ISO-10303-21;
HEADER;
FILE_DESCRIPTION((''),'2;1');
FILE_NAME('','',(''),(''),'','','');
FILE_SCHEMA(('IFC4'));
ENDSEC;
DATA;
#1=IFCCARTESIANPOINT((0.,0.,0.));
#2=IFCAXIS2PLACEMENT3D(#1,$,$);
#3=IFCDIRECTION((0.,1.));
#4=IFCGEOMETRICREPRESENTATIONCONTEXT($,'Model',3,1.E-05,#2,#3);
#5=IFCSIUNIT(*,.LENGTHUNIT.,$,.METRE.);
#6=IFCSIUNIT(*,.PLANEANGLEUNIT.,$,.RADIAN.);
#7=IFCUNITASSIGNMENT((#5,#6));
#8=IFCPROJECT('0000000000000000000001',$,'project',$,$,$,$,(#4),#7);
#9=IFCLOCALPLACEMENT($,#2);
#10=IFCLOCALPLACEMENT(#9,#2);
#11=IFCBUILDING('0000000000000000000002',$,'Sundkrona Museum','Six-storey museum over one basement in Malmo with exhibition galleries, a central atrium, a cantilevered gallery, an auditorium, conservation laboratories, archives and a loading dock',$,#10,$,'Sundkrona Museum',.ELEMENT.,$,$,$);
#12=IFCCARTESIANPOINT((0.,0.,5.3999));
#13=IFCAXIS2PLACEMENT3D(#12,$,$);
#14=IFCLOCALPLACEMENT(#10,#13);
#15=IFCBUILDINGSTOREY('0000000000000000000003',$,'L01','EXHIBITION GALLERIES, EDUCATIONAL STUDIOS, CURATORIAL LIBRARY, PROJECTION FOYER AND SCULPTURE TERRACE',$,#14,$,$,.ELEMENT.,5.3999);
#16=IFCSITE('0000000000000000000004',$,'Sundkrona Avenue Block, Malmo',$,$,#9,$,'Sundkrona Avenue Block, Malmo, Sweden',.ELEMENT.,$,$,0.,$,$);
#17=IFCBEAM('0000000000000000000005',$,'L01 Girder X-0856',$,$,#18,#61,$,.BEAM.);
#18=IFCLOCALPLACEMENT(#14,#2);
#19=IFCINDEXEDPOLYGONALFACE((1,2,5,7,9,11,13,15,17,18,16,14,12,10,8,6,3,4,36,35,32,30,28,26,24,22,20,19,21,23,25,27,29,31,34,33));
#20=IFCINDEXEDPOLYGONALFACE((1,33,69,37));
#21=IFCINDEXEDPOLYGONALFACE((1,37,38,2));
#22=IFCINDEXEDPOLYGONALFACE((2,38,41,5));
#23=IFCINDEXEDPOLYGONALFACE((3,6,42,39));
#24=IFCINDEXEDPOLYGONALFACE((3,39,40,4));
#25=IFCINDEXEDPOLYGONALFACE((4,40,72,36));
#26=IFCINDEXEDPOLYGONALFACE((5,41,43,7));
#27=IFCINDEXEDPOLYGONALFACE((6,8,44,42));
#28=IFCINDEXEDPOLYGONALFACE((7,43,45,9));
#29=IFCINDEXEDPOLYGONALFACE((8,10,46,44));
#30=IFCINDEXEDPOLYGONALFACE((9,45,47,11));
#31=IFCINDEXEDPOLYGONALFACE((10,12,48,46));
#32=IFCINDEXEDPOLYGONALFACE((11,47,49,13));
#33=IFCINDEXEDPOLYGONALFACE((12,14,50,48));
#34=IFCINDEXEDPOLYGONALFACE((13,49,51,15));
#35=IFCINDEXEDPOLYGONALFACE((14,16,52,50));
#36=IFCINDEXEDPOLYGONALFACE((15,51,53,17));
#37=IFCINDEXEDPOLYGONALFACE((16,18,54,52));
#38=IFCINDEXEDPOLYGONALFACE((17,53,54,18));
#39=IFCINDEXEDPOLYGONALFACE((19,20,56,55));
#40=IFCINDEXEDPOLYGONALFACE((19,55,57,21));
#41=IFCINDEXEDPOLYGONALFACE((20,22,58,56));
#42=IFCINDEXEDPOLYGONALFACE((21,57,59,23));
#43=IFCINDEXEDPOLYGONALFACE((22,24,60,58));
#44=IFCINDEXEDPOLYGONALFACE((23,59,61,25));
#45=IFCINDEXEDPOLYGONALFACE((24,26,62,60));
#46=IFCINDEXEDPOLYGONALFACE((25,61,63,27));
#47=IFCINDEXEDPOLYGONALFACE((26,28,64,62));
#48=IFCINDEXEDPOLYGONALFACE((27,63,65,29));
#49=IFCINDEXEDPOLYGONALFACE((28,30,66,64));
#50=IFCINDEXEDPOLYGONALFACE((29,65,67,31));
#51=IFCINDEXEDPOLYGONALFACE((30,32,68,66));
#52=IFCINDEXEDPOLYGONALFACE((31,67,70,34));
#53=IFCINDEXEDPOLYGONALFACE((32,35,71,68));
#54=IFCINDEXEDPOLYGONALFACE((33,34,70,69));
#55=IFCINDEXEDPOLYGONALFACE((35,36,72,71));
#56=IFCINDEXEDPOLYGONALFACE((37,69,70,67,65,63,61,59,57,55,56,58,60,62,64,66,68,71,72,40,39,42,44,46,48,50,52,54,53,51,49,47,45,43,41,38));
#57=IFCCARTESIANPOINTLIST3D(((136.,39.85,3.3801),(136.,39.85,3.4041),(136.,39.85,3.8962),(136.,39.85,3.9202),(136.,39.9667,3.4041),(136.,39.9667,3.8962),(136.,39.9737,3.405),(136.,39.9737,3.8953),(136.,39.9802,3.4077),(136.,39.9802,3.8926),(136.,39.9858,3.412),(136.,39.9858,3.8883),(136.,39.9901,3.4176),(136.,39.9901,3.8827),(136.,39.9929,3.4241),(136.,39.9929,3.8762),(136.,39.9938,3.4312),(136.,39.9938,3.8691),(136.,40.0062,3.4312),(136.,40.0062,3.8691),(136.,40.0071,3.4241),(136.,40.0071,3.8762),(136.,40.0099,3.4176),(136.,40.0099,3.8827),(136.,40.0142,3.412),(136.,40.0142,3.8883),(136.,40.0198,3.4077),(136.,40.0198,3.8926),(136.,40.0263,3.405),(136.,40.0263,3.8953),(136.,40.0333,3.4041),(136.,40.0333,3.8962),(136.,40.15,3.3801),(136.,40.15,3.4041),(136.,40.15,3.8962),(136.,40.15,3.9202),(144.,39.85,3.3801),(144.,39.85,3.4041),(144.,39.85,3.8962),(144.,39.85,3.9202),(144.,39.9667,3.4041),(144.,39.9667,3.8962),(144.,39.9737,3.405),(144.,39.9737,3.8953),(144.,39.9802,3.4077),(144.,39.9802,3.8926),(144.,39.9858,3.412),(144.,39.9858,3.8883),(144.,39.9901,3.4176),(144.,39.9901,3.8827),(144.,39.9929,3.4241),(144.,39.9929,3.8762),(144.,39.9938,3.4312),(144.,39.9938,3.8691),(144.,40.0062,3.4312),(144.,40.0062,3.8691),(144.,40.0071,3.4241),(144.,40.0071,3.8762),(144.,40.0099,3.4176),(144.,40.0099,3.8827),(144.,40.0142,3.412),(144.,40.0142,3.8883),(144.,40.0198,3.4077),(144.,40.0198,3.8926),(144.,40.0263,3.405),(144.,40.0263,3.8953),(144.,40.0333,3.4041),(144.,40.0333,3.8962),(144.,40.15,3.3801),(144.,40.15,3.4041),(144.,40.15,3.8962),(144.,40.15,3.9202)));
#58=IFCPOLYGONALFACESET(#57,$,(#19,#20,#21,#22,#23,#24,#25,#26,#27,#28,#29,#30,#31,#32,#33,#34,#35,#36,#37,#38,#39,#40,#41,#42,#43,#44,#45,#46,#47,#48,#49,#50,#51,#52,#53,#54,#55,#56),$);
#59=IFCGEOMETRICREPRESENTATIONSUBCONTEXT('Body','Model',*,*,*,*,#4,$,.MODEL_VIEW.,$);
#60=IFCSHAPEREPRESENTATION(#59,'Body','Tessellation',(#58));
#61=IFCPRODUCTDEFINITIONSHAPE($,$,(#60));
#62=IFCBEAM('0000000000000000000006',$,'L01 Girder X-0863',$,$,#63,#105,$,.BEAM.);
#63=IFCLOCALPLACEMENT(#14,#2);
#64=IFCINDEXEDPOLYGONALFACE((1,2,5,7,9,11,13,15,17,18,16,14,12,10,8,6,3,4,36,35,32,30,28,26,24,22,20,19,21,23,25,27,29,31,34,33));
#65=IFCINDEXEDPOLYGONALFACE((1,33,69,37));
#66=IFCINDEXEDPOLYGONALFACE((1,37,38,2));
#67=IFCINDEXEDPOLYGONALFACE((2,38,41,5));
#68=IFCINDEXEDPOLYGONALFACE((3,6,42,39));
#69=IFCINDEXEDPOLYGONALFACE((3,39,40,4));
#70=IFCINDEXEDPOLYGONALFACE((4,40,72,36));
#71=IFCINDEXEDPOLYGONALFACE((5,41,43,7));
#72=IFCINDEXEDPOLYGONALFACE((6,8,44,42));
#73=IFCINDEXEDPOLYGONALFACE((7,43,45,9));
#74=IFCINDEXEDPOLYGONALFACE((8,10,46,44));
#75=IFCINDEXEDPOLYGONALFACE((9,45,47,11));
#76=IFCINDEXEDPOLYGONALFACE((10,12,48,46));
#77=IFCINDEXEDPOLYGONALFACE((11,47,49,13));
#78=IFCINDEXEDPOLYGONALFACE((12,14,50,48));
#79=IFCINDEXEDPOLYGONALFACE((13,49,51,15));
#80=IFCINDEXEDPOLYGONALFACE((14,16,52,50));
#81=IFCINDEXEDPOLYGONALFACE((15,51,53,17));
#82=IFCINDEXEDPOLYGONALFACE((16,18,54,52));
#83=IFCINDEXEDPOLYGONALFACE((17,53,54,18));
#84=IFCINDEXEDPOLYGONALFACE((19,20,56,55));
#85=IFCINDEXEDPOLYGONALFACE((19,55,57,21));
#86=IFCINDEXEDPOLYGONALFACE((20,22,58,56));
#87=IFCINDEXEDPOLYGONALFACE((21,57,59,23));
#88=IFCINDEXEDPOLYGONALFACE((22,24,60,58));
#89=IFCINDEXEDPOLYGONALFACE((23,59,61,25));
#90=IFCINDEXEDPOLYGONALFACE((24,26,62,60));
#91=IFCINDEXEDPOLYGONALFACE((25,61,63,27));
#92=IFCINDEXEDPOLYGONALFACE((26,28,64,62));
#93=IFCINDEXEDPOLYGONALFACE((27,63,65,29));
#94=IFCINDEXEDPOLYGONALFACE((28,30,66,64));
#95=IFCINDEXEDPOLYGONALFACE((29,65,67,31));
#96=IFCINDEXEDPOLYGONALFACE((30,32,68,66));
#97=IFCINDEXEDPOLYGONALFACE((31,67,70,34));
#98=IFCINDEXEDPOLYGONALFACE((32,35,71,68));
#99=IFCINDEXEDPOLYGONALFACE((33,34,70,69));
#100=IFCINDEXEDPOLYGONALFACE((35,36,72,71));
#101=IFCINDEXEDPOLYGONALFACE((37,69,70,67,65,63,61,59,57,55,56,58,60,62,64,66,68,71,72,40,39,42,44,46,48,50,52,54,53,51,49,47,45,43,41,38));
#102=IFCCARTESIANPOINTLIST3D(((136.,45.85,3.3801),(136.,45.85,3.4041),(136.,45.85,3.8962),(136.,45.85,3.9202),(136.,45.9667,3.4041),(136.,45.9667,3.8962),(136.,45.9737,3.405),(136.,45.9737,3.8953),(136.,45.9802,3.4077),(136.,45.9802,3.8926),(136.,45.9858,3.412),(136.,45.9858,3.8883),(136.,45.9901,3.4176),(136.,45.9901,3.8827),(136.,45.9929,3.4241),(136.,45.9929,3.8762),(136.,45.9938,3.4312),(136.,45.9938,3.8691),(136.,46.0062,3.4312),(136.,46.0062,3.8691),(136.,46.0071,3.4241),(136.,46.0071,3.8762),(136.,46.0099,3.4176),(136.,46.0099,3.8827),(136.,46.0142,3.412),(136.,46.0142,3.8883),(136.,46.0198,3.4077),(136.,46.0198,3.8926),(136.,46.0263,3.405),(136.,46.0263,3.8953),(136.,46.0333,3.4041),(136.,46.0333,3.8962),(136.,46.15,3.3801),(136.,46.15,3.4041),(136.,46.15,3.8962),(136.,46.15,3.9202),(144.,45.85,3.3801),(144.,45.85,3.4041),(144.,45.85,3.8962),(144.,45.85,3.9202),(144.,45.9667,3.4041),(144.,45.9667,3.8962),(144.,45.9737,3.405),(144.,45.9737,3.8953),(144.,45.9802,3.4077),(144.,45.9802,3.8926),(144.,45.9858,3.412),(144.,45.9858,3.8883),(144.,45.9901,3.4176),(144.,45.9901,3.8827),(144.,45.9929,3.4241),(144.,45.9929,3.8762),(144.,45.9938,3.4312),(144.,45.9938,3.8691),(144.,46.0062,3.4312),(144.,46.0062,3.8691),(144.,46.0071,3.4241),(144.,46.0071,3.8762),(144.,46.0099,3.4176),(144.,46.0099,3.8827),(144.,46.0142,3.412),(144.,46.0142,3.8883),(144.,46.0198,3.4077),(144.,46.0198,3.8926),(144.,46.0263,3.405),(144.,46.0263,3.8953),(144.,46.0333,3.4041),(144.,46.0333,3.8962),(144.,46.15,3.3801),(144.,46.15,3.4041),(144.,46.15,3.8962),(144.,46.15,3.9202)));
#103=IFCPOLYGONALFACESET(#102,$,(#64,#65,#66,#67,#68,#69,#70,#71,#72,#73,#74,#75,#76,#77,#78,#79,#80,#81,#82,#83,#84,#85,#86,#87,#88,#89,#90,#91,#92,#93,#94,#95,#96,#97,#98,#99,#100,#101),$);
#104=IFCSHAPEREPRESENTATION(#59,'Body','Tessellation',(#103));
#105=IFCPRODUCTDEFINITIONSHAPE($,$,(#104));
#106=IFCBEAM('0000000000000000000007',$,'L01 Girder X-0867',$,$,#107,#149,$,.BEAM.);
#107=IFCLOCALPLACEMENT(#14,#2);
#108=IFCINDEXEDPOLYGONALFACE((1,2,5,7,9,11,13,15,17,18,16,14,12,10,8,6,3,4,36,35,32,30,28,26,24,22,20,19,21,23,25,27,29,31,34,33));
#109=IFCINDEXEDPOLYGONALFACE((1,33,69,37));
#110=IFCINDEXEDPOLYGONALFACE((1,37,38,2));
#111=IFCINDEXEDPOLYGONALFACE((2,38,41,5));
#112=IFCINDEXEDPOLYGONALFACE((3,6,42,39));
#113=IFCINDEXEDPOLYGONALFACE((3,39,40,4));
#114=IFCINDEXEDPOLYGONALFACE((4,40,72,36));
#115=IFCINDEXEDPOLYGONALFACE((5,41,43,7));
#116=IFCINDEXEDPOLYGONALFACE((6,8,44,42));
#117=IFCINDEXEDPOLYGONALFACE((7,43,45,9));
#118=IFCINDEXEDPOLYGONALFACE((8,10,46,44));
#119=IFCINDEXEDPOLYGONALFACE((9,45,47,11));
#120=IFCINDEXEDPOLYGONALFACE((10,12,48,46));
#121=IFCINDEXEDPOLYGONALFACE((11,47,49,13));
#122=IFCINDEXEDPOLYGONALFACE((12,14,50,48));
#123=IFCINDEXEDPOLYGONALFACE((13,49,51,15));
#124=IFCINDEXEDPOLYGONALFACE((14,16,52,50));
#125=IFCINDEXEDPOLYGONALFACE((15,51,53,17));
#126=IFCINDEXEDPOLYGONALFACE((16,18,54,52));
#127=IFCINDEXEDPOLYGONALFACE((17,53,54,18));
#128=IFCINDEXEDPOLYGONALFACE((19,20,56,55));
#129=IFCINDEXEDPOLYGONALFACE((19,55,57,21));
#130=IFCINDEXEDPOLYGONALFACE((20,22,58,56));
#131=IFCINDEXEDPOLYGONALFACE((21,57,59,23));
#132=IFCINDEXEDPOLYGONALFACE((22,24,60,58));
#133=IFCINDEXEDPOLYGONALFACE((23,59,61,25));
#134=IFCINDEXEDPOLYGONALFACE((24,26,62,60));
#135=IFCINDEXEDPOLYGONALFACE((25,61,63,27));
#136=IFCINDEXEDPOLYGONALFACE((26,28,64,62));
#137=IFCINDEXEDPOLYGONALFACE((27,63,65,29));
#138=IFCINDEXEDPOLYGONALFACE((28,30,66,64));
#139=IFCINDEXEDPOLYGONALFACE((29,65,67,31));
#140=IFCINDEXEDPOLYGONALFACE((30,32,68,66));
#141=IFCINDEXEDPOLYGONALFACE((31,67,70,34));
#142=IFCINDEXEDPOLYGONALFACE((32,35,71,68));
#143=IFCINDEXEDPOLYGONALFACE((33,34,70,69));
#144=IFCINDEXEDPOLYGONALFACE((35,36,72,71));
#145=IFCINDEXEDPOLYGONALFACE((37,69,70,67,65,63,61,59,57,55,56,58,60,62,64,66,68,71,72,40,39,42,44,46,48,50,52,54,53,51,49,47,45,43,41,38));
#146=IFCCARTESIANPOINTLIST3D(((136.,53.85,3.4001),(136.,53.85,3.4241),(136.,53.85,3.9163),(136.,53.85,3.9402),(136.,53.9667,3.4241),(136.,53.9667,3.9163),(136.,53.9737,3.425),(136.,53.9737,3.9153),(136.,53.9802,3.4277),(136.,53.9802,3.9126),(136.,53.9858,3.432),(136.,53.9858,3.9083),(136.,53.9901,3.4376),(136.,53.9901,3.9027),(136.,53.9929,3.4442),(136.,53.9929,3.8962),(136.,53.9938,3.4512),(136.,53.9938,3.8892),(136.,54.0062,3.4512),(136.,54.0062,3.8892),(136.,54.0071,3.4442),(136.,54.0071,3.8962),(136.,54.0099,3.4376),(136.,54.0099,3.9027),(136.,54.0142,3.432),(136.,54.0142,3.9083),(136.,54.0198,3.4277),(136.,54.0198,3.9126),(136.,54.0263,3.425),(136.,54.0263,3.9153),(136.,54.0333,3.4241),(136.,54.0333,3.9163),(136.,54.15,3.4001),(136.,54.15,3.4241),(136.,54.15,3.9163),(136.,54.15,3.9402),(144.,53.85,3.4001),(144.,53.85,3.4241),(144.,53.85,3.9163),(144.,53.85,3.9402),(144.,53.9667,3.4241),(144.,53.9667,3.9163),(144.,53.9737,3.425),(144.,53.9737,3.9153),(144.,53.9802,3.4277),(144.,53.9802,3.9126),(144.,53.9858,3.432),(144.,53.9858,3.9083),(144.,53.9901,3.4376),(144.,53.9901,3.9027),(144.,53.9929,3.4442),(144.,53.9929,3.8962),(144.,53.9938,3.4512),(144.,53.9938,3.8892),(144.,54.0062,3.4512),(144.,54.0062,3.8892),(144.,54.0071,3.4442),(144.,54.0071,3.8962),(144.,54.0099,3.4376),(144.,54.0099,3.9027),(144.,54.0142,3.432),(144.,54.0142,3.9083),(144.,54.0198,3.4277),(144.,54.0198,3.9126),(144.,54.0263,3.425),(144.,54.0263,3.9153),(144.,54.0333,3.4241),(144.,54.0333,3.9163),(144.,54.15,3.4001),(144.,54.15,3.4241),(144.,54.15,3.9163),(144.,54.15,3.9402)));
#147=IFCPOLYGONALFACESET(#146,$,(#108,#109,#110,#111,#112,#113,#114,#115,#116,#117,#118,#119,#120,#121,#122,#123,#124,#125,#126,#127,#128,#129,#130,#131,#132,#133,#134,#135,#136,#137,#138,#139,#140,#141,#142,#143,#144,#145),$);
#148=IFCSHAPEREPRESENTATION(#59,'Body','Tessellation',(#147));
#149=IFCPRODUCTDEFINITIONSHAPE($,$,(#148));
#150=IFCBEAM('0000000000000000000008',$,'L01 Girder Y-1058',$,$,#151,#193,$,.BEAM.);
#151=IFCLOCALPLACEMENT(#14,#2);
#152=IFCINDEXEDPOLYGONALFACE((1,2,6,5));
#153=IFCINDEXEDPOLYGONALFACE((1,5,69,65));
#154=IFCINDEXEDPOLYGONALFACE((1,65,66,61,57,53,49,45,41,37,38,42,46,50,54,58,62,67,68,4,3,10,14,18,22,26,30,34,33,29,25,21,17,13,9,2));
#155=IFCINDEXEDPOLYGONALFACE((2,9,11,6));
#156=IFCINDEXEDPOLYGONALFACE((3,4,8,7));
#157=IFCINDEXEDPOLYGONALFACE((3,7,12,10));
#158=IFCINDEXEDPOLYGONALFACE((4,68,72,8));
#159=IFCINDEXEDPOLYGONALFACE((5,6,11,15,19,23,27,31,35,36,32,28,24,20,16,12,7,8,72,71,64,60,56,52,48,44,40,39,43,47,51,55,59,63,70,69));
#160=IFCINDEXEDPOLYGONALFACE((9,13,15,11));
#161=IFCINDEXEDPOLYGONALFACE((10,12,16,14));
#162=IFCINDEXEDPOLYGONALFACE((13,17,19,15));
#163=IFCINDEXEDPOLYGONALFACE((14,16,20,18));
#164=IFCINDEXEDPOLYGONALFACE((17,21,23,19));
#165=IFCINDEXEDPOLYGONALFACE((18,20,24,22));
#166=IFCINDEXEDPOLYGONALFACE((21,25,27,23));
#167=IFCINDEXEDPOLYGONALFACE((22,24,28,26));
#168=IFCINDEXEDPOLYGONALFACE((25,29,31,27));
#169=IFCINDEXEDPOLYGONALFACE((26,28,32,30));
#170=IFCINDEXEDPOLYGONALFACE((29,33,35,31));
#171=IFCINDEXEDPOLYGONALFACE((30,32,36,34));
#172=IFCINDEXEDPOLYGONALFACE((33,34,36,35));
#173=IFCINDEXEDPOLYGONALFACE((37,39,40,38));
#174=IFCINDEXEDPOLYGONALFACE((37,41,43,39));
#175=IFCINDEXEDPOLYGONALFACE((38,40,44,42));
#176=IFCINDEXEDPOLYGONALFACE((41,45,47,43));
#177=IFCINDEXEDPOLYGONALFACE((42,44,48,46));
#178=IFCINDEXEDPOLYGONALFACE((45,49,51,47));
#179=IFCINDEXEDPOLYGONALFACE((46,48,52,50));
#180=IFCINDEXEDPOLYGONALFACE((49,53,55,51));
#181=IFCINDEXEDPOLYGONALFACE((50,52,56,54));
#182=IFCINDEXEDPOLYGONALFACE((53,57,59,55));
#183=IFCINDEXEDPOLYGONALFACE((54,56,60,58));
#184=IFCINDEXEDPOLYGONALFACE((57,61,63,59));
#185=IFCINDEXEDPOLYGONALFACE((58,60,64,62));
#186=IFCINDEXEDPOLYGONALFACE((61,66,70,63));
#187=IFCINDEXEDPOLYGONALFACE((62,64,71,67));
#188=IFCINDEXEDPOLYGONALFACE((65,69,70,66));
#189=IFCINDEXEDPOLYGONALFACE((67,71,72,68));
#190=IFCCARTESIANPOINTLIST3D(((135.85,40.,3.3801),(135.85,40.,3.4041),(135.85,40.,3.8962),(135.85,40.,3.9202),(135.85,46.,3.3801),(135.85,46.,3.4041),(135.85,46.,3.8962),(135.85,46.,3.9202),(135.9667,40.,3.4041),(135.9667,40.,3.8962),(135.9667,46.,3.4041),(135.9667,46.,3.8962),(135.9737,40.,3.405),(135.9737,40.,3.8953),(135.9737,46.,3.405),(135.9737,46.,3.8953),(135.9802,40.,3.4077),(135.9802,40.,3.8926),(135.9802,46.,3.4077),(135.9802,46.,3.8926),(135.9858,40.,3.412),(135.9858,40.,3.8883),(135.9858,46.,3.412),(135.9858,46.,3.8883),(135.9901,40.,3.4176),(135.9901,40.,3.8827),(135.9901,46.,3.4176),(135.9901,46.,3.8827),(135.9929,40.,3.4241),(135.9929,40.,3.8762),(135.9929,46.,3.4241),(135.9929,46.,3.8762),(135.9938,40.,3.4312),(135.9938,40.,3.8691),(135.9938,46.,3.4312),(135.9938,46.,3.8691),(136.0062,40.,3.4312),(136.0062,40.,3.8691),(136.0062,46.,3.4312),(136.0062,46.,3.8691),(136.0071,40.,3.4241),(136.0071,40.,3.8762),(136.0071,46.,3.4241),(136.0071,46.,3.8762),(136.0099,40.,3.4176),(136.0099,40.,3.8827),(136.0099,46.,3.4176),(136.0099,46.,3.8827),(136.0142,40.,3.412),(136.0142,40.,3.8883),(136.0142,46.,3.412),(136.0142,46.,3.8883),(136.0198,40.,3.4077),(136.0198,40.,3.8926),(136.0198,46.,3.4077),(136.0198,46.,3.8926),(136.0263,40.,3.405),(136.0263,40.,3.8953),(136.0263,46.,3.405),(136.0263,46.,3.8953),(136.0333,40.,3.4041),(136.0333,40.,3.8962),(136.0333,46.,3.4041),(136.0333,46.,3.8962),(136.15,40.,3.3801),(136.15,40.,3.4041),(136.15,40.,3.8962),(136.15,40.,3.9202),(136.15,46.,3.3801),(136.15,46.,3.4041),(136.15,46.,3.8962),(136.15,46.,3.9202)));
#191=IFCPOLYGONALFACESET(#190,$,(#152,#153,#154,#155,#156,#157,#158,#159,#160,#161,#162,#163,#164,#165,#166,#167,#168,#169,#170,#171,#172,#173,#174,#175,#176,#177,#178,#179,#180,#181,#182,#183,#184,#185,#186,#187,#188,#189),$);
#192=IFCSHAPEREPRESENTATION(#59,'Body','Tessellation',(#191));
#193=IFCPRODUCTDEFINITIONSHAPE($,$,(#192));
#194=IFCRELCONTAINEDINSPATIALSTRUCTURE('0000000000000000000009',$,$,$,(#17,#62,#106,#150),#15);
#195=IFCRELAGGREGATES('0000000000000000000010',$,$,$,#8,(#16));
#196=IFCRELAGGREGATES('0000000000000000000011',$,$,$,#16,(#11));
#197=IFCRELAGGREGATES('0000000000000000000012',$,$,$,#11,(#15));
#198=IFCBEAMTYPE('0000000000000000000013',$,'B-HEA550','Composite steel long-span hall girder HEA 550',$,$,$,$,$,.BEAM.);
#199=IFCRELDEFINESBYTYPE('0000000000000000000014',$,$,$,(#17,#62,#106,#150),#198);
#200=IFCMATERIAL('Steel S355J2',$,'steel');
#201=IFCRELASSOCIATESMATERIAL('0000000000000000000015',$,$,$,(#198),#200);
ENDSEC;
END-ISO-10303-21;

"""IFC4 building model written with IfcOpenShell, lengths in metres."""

from ifc_helpers import new_model, si_unit, direction, frame, origin, origin_2d, place, context, subcontext, project, spatial, i_section, extrude, material, material_profile, profile_set, type_object, element, save


model = new_model("IFC4")

# Units and contexts
model_context = context("Model", 3, precision=1e-05, world=origin(), true_north=direction((0.0, 1.0)))
body_context = subcontext(model_context, "Body", "Model", "MODEL_VIEW")
ifc_project = project(units=[si_unit("LENGTHUNIT", "METRE"), si_unit("PLANEANGLEUNIT", "RADIAN")], contexts=[model_context])

# Site, building, storey
site_placement = place(None, origin())
site = spatial("IfcSite", under=ifc_project, at=site_placement, Name="Sundkrona Avenue Block, Malmo", LongName="Sundkrona Avenue Block, Malmo, Sweden", CompositionType="ELEMENT", RefElevation=0.0)
building_placement = place(site_placement, origin())
building = spatial("IfcBuilding", under=site, at=building_placement, Name="Sundkrona Museum", Description="Six-storey museum over one basement in Malmo with exhibition galleries, a central atrium, a cantilevered gallery, an auditorium, conservation laboratories, archives and a loading dock", LongName="Sundkrona Museum", CompositionType="ELEMENT")
storey_placement = place(building_placement, frame((0.0, 0.0, 5.3999)))
storey = spatial("IfcBuildingStorey", under=building, at=storey_placement, Name="L01", Description="EXHIBITION GALLERIES, EDUCATIONAL STUDIOS, CURATORIAL LIBRARY, PROJECTION FOYER AND SCULPTURE TERRACE", CompositionType="ELEMENT", Elevation=5.3999)

# Shared definitions
ifc_material_1 = material(Name="Steel S355J2", Category="steel")

# Beams
ifc_material_profile_1 = material_profile(ifc_material_1, i_section(OverallWidth=0.3, OverallDepth=0.54, WebThickness=0.0125, FlangeThickness=0.0239, FilletRadius=0.0271, at=origin_2d()), Name="HEA 550")
ifc_profile_set_1 = profile_set([ifc_material_profile_1], Name="Steel S355J2")
beam_type_1 = type_object("IfcBeamType", Name="B-HEA550", Description="Composite steel long-span hall girder HEA 550", PredefinedType="BEAM", material=ifc_profile_set_1)
for number, where, z_axis, x_axis, name in (
    (1, (136.0, 40.0, 3.6501), (1.0, 0.0, 0.0), (0.0, 1.0, 0.0), "L01 Girder X-0856"),
    (2, (136.0, 46.0, 3.6501), (1.0, 0.0, 0.0), (0.0, 1.0, 0.0), "L01 Girder X-0863"),
    (3, (136.0, 54.0, 3.6702), (1.0, 0.0, 0.0), (0.0, 1.0, 0.0), "L01 Girder X-0867"),
):
    element("IfcBeam", number, at=place(storey_placement, frame(where, z_axis=z_axis, x_axis=x_axis)), inside=storey, type_object=beam_type_1, Name=name, PredefinedType="BEAM", context=body_context, shape_type="SweptSolid", body=[
        extrude(i_section(OverallWidth=0.3, OverallDepth=0.54, WebThickness=0.0125, FlangeThickness=0.0239, FilletRadius=0.0271, at=origin_2d()), origin(), (0.0, 0.0, 1.0), 8.0),
    ])
beam_placement = place(storey_placement, frame((136.0, 40.0, 3.6501), z_axis=(0.0, 1.0, 0.0), x_axis=(-1.0, 0.0, 0.0)))
element("IfcBeam", 4, at=beam_placement, inside=storey, type_object=beam_type_1, Name="L01 Girder Y-1058", PredefinedType="BEAM", context=body_context, shape_type="SweptSolid", body=[
    extrude(i_section(OverallWidth=0.3, OverallDepth=0.54, WebThickness=0.0125, FlangeThickness=0.0239, FilletRadius=0.0271, at=origin_2d()), origin(), (0.0, 0.0, 1.0), 6.0),
])

save(model, "model.ifc")
